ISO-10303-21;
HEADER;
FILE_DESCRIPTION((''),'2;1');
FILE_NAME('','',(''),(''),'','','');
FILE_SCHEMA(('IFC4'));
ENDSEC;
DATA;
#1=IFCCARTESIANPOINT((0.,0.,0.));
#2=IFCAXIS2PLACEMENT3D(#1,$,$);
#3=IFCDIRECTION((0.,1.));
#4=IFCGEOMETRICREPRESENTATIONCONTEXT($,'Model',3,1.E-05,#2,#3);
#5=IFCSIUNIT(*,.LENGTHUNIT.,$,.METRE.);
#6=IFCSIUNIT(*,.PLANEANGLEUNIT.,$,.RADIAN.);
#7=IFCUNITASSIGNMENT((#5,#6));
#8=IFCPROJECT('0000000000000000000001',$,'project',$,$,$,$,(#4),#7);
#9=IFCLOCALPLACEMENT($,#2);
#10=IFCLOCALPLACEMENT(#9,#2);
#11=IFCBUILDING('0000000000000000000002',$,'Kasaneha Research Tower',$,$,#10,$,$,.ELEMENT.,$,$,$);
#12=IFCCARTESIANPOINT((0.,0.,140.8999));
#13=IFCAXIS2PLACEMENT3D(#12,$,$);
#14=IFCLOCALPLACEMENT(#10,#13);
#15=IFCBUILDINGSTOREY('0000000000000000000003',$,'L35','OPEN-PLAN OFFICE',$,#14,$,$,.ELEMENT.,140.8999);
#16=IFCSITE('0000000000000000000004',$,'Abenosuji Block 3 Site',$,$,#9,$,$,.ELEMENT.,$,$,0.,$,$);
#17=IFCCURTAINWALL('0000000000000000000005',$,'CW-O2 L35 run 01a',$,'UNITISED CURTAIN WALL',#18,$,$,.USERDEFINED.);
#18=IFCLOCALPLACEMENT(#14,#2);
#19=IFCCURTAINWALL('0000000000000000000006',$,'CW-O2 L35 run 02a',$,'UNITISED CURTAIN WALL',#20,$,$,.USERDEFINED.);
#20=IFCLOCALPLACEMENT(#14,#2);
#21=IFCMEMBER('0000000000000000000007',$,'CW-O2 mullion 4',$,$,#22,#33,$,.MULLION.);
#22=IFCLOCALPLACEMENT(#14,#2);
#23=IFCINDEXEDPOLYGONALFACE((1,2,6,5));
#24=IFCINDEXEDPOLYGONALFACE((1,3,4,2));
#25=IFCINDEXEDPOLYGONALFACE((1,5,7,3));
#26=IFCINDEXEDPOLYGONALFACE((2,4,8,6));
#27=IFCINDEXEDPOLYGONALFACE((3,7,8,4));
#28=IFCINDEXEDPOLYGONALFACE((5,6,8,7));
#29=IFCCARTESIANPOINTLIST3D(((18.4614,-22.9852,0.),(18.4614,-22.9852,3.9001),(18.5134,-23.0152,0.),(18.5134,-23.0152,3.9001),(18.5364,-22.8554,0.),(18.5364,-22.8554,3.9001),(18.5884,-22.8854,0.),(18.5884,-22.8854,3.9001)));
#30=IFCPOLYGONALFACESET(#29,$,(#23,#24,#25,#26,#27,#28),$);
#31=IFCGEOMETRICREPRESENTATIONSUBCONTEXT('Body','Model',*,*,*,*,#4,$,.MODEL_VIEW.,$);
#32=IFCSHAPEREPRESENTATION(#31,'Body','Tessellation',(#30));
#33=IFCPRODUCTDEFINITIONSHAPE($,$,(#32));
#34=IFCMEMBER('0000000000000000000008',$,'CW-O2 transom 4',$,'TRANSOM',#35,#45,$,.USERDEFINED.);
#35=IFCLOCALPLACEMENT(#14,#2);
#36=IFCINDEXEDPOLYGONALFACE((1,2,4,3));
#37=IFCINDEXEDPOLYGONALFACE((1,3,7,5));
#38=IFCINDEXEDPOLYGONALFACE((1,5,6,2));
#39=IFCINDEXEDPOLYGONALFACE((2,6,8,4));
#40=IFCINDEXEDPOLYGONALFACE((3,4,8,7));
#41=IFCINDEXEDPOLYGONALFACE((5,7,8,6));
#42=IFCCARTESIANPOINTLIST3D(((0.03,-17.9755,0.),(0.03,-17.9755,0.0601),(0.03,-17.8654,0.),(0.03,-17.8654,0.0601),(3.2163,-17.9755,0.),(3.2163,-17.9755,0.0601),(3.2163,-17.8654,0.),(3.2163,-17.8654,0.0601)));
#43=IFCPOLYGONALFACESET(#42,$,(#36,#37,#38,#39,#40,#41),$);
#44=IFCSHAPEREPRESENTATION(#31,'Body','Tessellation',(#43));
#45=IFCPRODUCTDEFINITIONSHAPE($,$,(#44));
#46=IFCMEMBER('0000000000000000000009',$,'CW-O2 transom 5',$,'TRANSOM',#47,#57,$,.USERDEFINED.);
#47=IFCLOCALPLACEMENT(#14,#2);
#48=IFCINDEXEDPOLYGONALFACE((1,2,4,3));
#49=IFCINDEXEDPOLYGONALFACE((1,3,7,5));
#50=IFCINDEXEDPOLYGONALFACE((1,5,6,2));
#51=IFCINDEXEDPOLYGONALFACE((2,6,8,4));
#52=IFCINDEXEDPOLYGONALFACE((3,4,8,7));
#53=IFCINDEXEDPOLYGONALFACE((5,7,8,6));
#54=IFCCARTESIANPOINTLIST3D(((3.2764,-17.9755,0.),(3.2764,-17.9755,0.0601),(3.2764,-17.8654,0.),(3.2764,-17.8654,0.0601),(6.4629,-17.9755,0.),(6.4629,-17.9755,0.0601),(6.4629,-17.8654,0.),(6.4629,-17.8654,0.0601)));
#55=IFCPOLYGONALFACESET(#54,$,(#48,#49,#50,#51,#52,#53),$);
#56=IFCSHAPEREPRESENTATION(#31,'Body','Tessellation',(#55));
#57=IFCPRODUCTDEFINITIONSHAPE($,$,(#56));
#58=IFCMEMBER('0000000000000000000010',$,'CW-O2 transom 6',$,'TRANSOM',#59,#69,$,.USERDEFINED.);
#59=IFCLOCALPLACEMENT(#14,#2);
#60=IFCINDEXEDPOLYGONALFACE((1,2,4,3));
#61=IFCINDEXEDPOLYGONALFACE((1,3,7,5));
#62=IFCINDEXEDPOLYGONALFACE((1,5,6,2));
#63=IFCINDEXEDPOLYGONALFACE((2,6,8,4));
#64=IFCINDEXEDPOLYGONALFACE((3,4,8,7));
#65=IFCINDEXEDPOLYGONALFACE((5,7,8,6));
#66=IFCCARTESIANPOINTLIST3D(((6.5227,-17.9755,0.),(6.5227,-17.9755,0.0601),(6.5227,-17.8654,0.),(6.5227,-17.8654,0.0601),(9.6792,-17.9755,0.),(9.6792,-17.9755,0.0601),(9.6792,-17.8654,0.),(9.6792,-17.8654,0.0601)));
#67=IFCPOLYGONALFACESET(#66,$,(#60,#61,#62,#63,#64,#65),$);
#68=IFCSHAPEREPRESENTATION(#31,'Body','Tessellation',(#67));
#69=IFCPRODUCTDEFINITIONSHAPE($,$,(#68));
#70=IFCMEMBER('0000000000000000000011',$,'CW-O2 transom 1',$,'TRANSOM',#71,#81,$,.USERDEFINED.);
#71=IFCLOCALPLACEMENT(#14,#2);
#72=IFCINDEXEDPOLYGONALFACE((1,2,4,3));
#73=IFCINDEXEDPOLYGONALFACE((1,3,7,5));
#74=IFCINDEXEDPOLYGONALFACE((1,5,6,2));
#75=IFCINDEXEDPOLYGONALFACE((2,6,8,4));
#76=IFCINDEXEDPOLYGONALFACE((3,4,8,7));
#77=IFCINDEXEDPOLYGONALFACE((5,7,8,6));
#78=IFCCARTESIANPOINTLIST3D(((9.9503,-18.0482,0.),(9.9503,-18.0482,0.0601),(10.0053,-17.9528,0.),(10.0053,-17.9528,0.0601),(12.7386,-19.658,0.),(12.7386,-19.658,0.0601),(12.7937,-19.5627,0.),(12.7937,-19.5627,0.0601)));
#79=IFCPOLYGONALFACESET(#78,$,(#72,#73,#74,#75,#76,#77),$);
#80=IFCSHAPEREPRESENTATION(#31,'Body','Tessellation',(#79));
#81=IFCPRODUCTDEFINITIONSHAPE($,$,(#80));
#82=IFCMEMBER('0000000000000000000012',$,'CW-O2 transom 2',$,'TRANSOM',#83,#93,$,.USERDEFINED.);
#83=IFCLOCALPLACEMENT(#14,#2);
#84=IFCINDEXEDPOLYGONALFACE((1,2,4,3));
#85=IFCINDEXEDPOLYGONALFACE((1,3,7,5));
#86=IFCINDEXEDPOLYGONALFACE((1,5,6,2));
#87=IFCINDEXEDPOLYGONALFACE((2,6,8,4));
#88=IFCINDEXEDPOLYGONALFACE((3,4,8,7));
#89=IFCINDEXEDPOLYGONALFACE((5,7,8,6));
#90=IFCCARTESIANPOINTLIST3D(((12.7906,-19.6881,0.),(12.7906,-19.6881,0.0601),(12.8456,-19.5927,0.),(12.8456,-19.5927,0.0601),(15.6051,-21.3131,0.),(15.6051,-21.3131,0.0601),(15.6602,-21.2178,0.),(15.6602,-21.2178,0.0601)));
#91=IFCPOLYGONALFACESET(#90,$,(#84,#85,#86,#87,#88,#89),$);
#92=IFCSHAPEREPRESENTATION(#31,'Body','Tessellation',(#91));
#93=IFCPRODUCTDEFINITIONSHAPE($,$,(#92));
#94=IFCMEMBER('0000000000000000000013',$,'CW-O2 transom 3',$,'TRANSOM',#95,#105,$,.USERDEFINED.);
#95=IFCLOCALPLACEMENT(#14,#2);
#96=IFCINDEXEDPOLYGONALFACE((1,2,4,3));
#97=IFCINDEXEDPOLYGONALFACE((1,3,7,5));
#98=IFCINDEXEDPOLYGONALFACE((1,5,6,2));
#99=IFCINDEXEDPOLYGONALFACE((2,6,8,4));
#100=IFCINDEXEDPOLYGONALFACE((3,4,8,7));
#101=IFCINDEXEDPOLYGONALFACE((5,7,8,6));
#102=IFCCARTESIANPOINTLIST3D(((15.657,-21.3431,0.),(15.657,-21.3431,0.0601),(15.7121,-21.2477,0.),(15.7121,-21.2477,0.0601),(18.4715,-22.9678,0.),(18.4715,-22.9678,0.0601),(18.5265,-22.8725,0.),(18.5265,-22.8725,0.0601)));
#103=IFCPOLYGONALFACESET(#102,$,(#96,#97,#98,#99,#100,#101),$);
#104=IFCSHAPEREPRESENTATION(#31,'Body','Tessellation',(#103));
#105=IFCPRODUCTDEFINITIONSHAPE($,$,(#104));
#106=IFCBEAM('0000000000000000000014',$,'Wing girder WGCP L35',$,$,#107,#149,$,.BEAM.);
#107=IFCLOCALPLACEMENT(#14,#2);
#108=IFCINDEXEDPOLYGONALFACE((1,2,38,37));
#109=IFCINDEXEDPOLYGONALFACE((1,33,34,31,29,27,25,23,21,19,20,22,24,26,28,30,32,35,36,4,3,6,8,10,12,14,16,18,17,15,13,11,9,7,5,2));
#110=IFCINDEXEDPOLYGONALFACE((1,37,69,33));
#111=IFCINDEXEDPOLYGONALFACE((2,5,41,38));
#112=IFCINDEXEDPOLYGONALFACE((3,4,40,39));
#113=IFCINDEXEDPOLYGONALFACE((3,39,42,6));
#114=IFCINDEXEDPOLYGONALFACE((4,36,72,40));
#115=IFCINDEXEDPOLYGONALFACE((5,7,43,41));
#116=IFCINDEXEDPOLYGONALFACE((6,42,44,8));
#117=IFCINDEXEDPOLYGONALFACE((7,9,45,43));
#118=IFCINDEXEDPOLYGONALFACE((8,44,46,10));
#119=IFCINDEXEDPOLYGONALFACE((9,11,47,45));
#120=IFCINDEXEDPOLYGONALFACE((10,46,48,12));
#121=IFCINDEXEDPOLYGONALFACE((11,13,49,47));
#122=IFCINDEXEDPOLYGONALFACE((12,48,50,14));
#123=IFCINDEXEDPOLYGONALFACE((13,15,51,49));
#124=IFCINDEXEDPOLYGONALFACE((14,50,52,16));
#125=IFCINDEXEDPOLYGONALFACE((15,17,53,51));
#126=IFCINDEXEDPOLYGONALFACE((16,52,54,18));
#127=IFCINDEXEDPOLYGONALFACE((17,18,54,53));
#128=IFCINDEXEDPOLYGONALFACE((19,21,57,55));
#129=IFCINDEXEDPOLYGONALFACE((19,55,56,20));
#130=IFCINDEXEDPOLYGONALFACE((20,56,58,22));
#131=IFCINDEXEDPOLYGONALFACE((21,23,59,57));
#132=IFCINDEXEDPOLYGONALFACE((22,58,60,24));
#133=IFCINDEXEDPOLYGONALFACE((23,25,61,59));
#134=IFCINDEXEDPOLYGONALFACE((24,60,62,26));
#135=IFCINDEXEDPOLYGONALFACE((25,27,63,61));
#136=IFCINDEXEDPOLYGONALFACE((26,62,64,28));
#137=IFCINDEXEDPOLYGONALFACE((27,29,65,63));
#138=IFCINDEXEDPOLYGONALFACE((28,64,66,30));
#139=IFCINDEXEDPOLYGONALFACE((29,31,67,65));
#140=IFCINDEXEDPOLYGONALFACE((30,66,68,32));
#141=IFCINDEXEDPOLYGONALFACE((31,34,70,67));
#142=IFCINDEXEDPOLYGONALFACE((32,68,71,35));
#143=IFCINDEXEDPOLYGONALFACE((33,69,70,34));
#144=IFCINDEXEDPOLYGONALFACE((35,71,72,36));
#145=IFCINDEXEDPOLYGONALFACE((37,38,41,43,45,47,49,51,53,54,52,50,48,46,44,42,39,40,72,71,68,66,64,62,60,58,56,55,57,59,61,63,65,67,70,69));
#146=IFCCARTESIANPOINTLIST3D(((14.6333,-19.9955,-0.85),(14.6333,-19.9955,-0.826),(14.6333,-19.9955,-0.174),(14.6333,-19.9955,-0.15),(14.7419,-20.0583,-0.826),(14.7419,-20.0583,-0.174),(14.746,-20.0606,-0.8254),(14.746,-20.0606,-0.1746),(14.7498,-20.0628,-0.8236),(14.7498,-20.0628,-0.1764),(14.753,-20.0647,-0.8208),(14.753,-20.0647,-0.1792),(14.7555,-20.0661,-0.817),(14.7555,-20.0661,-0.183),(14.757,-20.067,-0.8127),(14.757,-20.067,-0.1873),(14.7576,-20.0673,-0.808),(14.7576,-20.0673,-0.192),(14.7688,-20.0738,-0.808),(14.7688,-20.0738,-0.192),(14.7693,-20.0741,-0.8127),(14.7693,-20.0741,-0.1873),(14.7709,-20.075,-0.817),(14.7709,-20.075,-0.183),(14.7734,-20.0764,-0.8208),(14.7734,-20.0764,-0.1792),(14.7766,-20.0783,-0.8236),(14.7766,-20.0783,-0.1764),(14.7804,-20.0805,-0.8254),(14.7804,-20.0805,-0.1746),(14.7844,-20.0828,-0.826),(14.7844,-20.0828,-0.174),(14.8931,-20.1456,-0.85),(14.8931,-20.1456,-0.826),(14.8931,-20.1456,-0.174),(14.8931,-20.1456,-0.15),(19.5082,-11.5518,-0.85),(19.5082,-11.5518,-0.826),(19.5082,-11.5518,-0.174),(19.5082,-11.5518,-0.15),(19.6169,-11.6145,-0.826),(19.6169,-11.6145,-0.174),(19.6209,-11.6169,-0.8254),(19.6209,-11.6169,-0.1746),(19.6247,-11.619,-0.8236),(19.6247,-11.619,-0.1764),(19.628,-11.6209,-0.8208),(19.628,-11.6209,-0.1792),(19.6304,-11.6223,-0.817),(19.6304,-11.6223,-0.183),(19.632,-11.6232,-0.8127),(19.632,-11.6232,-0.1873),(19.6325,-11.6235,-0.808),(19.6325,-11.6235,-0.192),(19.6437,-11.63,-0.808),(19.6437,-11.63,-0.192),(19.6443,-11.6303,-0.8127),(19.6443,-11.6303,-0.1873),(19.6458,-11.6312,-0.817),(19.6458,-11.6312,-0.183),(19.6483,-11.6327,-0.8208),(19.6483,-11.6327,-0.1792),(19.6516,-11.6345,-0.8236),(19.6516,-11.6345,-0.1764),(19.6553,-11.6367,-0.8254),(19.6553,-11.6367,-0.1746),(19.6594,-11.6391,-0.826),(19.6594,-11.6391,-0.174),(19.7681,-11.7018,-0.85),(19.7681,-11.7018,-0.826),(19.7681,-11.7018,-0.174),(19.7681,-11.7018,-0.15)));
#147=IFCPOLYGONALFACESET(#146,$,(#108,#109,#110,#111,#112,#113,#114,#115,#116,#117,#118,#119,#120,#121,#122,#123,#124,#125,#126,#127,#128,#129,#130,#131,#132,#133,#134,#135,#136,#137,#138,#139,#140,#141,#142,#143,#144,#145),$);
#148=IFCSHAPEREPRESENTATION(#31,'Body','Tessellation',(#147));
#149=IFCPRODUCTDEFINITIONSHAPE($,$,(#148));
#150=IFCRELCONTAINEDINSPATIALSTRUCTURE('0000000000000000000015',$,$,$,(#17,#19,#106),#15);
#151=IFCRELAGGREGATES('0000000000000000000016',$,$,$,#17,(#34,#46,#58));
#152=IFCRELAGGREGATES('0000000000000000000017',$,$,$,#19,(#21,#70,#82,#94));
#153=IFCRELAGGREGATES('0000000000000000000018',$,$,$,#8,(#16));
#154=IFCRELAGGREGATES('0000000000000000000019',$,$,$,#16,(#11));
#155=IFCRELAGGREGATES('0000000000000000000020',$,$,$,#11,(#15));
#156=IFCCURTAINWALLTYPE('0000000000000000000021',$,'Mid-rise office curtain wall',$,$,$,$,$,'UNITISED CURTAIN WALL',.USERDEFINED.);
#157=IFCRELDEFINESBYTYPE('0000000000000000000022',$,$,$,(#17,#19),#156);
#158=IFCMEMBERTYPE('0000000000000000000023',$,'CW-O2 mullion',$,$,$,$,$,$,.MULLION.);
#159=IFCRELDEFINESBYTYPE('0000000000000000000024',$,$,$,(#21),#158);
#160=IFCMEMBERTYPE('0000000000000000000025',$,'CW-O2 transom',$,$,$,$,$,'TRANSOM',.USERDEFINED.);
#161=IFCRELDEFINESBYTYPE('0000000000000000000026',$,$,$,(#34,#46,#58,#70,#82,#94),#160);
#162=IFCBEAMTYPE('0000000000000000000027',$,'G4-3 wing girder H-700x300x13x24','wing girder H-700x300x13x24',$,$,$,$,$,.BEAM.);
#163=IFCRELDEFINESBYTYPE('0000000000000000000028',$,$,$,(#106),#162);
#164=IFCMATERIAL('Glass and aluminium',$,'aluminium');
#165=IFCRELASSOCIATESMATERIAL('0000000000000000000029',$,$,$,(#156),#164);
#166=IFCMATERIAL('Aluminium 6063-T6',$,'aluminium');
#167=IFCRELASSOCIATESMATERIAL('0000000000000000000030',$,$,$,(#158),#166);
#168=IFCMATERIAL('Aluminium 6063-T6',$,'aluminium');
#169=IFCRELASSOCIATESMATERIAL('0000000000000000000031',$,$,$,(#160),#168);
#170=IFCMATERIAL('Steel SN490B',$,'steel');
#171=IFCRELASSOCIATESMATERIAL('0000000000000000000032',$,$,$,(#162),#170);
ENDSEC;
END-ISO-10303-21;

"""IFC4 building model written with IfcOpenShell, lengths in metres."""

from ifc_helpers import new_model, si_unit, direction, frame, origin, origin_2d, place, context, subcontext, project, spatial, rectangle, i_section, extrude, material, material_profile, profile_set, type_object, element, aggregate, save


model = new_model("IFC4")

# Units and contexts
model_context = context("Model", 3, precision=1e-05, world=origin(), true_north=direction((0.0, 1.0)))
body_context = subcontext(model_context, "Body", "Model", "MODEL_VIEW")
ifc_project = project(units=[si_unit("LENGTHUNIT", "METRE"), si_unit("PLANEANGLEUNIT", "RADIAN")], contexts=[model_context])

# Site, building, storey
site_placement = place(None, origin())
site = spatial("IfcSite", under=ifc_project, at=site_placement, Name="Abenosuji Block 3 Site", CompositionType="ELEMENT", RefElevation=0.0)
building_placement = place(site_placement, origin())
building = spatial("IfcBuilding", under=site, at=building_placement, Name="Kasaneha Research Tower", CompositionType="ELEMENT")
storey_placement = place(building_placement, frame((0.0, 0.0, 140.8999)))
storey = spatial("IfcBuildingStorey", under=building, at=storey_placement, Name="L35", Description="OPEN-PLAN OFFICE", CompositionType="ELEMENT", Elevation=140.8999)

# Curtain walls, member
ifc_material_1 = material(Name="Glass and aluminium", Category="aluminium")
curtain_wall_type = type_object("IfcCurtainWallType", Name="Mid-rise office curtain wall", ElementType="UNITISED CURTAIN WALL", PredefinedType="USERDEFINED", material=ifc_material_1)
curtain_wall_1_placement = place(storey_placement, origin())
curtain_wall_1 = element("IfcCurtainWall", 1, at=curtain_wall_1_placement, inside=storey, type_object=curtain_wall_type, Name="CW-O2 L35 run 01a", ObjectType="UNITISED CURTAIN WALL", PredefinedType="USERDEFINED")
ifc_material_2 = material(Name="Aluminium 6063-T6", Category="aluminium")
ifc_material_profile_1 = material_profile(ifc_material_2, rectangle(XDim=0.0601, YDim=0.1499, at=origin_2d()), Name="CW-O2 mullion 60x150")
ifc_profile_set_1 = profile_set([ifc_material_profile_1], Name="Aluminium 6063-T6")
member_type_1 = type_object("IfcMemberType", Name="CW-O2 mullion", PredefinedType="MULLION", material=ifc_profile_set_1)
curtain_wall_2_placement = place(storey_placement, origin())
curtain_wall_2 = element("IfcCurtainWall", 2, at=curtain_wall_2_placement, inside=storey, type_object=curtain_wall_type, Name="CW-O2 L35 run 02a", ObjectType="UNITISED CURTAIN WALL", PredefinedType="USERDEFINED")
member_1_placement = place(storey_placement, frame((18.5249, -22.9353, 0.0), z_axis=(0.0, 0.0, 1.0), x_axis=(0.866025, -0.5, 0.0)))
member_1 = element("IfcMember", 3, at=member_1_placement, type_object=member_type_1, Name="CW-O2 mullion 4", PredefinedType="MULLION", context=body_context, shape_type="SweptSolid", body=[
    extrude(rectangle(XDim=0.0601, YDim=0.1499, at=origin_2d()), origin(), (0.0, 0.0, 1.0), 3.9001),
])

# Members
ifc_material_3 = material(Name="Aluminium 6063-T6", Category="aluminium")
ifc_material_profile_2 = material_profile(ifc_material_3, rectangle(XDim=0.1101, YDim=0.0601, at=origin_2d()), Name="CW-O2 transom 110x60")
ifc_profile_set_2 = profile_set([ifc_material_profile_2], Name="Aluminium 6063-T6")
member_type_2 = type_object("IfcMemberType", Name="CW-O2 transom", ElementType="TRANSOM", PredefinedType="USERDEFINED", material=ifc_profile_set_2)
member_2_placement = place(storey_placement, frame((0.03, -17.9204, 0.03), z_axis=(1.0, 0.0, 0.0), x_axis=(0.0, 1.0, 0.0)))
member_2 = element("IfcMember", 4, at=member_2_placement, type_object=member_type_2, Name="CW-O2 transom 4", ObjectType="TRANSOM", PredefinedType="USERDEFINED", context=body_context, shape_type="SweptSolid", body=[
    extrude(rectangle(XDim=0.1101, YDim=0.0601, at=origin_2d()), origin(), (0.0, 0.0, 1.0), 3.1863),
])
member_3_placement = place(storey_placement, frame((3.2764, -17.9204, 0.03), z_axis=(1.0, 0.0, 0.0), x_axis=(0.0, 1.0, 0.0)))
member_3 = element("IfcMember", 5, at=member_3_placement, type_object=member_type_2, Name="CW-O2 transom 5", ObjectType="TRANSOM", PredefinedType="USERDEFINED", context=body_context, shape_type="SweptSolid", body=[
    extrude(rectangle(XDim=0.1101, YDim=0.0601, at=origin_2d()), origin(), (0.0, 0.0, 1.0), 3.1865),
])
member_4_placement = place(storey_placement, frame((6.5227, -17.9204, 0.03), z_axis=(1.0, 0.0, 0.0), x_axis=(0.0, 1.0, 0.0)))
member_4 = element("IfcMember", 6, at=member_4_placement, type_object=member_type_2, Name="CW-O2 transom 6", ObjectType="TRANSOM", PredefinedType="USERDEFINED", context=body_context, shape_type="SweptSolid", body=[
    extrude(rectangle(XDim=0.1101, YDim=0.0601, at=origin_2d()), origin(), (0.0, 0.0, 1.0), 3.1565),
])
member_5_placement = place(storey_placement, frame((9.9778, -18.0005, 0.03), z_axis=(0.866023, -0.500005, 0.0), x_axis=(0.500005, 0.866023, 0.0)))
member_5 = element("IfcMember", 7, at=member_5_placement, type_object=member_type_2, Name="CW-O2 transom 1", ObjectType="TRANSOM", PredefinedType="USERDEFINED", context=body_context, shape_type="SweptSolid", body=[
    extrude(rectangle(XDim=0.1101, YDim=0.0601, at=origin_2d()), origin(), (0.0, 0.0, 1.0), 3.2197),
])
member_6_placement = place(storey_placement, frame((12.8181, -19.6404, 0.03), z_axis=(0.866015, -0.500017, 0.0), x_axis=(0.500017, 0.866015, 0.0)))
member_6 = element("IfcMember", 8, at=member_6_placement, type_object=member_type_2, Name="CW-O2 transom 2", ObjectType="TRANSOM", PredefinedType="USERDEFINED", context=body_context, shape_type="SweptSolid", body=[
    extrude(rectangle(XDim=0.1101, YDim=0.0601, at=origin_2d()), origin(), (0.0, 0.0, 1.0), 3.25),
])
member_7_placement = place(storey_placement, frame((15.6846, -21.2954, 0.03), z_axis=(0.866048, -0.499961, 0.0), x_axis=(0.499961, 0.866048, 0.0)))
member_7 = element("IfcMember", 9, at=member_7_placement, type_object=member_type_2, Name="CW-O2 transom 3", ObjectType="TRANSOM", PredefinedType="USERDEFINED", context=body_context, shape_type="SweptSolid", body=[
    extrude(rectangle(XDim=0.1101, YDim=0.0601, at=origin_2d()), origin(), (0.0, 0.0, 1.0), 3.2498),
])

# Beam
ifc_material_4 = material(Name="Steel SN490B", Category="steel")
ifc_material_profile_3 = material_profile(ifc_material_4, i_section(OverallWidth=0.3, OverallDepth=0.7, WebThickness=0.0129, FlangeThickness=0.0239, FilletRadius=0.0181, at=origin_2d()), Name="H-700x300x13x24")
ifc_profile_set_3 = profile_set([ifc_material_profile_3], Name="Steel SN490B")
beam_type_1 = type_object("IfcBeamType", Name="G4-3 wing girder H-700x300x13x24", Description="wing girder H-700x300x13x24", PredefinedType="BEAM", material=ifc_profile_set_3)
beam_1_placement = place(storey_placement, frame((14.7632, -20.0706, -0.5), z_axis=(0.499996, 0.866028, 0.0), x_axis=(-0.866028, 0.499996, 0.0)))
element("IfcBeam", 10, at=beam_1_placement, inside=storey, type_object=beam_type_1, Name="Wing girder WGCP L35", PredefinedType="BEAM", context=body_context, shape_type="SweptSolid", body=[
    extrude(i_section(OverallWidth=0.3, OverallDepth=0.7, WebThickness=0.0129, FlangeThickness=0.0239, FilletRadius=0.0181, at=origin_2d()), origin(), (0.0, 0.0, 1.0), 9.75),
])

aggregate(curtain_wall_1, [member_2, member_3, member_4])
aggregate(curtain_wall_2, [member_1, member_5, member_6, member_7])

save(model, "model.ifc")
